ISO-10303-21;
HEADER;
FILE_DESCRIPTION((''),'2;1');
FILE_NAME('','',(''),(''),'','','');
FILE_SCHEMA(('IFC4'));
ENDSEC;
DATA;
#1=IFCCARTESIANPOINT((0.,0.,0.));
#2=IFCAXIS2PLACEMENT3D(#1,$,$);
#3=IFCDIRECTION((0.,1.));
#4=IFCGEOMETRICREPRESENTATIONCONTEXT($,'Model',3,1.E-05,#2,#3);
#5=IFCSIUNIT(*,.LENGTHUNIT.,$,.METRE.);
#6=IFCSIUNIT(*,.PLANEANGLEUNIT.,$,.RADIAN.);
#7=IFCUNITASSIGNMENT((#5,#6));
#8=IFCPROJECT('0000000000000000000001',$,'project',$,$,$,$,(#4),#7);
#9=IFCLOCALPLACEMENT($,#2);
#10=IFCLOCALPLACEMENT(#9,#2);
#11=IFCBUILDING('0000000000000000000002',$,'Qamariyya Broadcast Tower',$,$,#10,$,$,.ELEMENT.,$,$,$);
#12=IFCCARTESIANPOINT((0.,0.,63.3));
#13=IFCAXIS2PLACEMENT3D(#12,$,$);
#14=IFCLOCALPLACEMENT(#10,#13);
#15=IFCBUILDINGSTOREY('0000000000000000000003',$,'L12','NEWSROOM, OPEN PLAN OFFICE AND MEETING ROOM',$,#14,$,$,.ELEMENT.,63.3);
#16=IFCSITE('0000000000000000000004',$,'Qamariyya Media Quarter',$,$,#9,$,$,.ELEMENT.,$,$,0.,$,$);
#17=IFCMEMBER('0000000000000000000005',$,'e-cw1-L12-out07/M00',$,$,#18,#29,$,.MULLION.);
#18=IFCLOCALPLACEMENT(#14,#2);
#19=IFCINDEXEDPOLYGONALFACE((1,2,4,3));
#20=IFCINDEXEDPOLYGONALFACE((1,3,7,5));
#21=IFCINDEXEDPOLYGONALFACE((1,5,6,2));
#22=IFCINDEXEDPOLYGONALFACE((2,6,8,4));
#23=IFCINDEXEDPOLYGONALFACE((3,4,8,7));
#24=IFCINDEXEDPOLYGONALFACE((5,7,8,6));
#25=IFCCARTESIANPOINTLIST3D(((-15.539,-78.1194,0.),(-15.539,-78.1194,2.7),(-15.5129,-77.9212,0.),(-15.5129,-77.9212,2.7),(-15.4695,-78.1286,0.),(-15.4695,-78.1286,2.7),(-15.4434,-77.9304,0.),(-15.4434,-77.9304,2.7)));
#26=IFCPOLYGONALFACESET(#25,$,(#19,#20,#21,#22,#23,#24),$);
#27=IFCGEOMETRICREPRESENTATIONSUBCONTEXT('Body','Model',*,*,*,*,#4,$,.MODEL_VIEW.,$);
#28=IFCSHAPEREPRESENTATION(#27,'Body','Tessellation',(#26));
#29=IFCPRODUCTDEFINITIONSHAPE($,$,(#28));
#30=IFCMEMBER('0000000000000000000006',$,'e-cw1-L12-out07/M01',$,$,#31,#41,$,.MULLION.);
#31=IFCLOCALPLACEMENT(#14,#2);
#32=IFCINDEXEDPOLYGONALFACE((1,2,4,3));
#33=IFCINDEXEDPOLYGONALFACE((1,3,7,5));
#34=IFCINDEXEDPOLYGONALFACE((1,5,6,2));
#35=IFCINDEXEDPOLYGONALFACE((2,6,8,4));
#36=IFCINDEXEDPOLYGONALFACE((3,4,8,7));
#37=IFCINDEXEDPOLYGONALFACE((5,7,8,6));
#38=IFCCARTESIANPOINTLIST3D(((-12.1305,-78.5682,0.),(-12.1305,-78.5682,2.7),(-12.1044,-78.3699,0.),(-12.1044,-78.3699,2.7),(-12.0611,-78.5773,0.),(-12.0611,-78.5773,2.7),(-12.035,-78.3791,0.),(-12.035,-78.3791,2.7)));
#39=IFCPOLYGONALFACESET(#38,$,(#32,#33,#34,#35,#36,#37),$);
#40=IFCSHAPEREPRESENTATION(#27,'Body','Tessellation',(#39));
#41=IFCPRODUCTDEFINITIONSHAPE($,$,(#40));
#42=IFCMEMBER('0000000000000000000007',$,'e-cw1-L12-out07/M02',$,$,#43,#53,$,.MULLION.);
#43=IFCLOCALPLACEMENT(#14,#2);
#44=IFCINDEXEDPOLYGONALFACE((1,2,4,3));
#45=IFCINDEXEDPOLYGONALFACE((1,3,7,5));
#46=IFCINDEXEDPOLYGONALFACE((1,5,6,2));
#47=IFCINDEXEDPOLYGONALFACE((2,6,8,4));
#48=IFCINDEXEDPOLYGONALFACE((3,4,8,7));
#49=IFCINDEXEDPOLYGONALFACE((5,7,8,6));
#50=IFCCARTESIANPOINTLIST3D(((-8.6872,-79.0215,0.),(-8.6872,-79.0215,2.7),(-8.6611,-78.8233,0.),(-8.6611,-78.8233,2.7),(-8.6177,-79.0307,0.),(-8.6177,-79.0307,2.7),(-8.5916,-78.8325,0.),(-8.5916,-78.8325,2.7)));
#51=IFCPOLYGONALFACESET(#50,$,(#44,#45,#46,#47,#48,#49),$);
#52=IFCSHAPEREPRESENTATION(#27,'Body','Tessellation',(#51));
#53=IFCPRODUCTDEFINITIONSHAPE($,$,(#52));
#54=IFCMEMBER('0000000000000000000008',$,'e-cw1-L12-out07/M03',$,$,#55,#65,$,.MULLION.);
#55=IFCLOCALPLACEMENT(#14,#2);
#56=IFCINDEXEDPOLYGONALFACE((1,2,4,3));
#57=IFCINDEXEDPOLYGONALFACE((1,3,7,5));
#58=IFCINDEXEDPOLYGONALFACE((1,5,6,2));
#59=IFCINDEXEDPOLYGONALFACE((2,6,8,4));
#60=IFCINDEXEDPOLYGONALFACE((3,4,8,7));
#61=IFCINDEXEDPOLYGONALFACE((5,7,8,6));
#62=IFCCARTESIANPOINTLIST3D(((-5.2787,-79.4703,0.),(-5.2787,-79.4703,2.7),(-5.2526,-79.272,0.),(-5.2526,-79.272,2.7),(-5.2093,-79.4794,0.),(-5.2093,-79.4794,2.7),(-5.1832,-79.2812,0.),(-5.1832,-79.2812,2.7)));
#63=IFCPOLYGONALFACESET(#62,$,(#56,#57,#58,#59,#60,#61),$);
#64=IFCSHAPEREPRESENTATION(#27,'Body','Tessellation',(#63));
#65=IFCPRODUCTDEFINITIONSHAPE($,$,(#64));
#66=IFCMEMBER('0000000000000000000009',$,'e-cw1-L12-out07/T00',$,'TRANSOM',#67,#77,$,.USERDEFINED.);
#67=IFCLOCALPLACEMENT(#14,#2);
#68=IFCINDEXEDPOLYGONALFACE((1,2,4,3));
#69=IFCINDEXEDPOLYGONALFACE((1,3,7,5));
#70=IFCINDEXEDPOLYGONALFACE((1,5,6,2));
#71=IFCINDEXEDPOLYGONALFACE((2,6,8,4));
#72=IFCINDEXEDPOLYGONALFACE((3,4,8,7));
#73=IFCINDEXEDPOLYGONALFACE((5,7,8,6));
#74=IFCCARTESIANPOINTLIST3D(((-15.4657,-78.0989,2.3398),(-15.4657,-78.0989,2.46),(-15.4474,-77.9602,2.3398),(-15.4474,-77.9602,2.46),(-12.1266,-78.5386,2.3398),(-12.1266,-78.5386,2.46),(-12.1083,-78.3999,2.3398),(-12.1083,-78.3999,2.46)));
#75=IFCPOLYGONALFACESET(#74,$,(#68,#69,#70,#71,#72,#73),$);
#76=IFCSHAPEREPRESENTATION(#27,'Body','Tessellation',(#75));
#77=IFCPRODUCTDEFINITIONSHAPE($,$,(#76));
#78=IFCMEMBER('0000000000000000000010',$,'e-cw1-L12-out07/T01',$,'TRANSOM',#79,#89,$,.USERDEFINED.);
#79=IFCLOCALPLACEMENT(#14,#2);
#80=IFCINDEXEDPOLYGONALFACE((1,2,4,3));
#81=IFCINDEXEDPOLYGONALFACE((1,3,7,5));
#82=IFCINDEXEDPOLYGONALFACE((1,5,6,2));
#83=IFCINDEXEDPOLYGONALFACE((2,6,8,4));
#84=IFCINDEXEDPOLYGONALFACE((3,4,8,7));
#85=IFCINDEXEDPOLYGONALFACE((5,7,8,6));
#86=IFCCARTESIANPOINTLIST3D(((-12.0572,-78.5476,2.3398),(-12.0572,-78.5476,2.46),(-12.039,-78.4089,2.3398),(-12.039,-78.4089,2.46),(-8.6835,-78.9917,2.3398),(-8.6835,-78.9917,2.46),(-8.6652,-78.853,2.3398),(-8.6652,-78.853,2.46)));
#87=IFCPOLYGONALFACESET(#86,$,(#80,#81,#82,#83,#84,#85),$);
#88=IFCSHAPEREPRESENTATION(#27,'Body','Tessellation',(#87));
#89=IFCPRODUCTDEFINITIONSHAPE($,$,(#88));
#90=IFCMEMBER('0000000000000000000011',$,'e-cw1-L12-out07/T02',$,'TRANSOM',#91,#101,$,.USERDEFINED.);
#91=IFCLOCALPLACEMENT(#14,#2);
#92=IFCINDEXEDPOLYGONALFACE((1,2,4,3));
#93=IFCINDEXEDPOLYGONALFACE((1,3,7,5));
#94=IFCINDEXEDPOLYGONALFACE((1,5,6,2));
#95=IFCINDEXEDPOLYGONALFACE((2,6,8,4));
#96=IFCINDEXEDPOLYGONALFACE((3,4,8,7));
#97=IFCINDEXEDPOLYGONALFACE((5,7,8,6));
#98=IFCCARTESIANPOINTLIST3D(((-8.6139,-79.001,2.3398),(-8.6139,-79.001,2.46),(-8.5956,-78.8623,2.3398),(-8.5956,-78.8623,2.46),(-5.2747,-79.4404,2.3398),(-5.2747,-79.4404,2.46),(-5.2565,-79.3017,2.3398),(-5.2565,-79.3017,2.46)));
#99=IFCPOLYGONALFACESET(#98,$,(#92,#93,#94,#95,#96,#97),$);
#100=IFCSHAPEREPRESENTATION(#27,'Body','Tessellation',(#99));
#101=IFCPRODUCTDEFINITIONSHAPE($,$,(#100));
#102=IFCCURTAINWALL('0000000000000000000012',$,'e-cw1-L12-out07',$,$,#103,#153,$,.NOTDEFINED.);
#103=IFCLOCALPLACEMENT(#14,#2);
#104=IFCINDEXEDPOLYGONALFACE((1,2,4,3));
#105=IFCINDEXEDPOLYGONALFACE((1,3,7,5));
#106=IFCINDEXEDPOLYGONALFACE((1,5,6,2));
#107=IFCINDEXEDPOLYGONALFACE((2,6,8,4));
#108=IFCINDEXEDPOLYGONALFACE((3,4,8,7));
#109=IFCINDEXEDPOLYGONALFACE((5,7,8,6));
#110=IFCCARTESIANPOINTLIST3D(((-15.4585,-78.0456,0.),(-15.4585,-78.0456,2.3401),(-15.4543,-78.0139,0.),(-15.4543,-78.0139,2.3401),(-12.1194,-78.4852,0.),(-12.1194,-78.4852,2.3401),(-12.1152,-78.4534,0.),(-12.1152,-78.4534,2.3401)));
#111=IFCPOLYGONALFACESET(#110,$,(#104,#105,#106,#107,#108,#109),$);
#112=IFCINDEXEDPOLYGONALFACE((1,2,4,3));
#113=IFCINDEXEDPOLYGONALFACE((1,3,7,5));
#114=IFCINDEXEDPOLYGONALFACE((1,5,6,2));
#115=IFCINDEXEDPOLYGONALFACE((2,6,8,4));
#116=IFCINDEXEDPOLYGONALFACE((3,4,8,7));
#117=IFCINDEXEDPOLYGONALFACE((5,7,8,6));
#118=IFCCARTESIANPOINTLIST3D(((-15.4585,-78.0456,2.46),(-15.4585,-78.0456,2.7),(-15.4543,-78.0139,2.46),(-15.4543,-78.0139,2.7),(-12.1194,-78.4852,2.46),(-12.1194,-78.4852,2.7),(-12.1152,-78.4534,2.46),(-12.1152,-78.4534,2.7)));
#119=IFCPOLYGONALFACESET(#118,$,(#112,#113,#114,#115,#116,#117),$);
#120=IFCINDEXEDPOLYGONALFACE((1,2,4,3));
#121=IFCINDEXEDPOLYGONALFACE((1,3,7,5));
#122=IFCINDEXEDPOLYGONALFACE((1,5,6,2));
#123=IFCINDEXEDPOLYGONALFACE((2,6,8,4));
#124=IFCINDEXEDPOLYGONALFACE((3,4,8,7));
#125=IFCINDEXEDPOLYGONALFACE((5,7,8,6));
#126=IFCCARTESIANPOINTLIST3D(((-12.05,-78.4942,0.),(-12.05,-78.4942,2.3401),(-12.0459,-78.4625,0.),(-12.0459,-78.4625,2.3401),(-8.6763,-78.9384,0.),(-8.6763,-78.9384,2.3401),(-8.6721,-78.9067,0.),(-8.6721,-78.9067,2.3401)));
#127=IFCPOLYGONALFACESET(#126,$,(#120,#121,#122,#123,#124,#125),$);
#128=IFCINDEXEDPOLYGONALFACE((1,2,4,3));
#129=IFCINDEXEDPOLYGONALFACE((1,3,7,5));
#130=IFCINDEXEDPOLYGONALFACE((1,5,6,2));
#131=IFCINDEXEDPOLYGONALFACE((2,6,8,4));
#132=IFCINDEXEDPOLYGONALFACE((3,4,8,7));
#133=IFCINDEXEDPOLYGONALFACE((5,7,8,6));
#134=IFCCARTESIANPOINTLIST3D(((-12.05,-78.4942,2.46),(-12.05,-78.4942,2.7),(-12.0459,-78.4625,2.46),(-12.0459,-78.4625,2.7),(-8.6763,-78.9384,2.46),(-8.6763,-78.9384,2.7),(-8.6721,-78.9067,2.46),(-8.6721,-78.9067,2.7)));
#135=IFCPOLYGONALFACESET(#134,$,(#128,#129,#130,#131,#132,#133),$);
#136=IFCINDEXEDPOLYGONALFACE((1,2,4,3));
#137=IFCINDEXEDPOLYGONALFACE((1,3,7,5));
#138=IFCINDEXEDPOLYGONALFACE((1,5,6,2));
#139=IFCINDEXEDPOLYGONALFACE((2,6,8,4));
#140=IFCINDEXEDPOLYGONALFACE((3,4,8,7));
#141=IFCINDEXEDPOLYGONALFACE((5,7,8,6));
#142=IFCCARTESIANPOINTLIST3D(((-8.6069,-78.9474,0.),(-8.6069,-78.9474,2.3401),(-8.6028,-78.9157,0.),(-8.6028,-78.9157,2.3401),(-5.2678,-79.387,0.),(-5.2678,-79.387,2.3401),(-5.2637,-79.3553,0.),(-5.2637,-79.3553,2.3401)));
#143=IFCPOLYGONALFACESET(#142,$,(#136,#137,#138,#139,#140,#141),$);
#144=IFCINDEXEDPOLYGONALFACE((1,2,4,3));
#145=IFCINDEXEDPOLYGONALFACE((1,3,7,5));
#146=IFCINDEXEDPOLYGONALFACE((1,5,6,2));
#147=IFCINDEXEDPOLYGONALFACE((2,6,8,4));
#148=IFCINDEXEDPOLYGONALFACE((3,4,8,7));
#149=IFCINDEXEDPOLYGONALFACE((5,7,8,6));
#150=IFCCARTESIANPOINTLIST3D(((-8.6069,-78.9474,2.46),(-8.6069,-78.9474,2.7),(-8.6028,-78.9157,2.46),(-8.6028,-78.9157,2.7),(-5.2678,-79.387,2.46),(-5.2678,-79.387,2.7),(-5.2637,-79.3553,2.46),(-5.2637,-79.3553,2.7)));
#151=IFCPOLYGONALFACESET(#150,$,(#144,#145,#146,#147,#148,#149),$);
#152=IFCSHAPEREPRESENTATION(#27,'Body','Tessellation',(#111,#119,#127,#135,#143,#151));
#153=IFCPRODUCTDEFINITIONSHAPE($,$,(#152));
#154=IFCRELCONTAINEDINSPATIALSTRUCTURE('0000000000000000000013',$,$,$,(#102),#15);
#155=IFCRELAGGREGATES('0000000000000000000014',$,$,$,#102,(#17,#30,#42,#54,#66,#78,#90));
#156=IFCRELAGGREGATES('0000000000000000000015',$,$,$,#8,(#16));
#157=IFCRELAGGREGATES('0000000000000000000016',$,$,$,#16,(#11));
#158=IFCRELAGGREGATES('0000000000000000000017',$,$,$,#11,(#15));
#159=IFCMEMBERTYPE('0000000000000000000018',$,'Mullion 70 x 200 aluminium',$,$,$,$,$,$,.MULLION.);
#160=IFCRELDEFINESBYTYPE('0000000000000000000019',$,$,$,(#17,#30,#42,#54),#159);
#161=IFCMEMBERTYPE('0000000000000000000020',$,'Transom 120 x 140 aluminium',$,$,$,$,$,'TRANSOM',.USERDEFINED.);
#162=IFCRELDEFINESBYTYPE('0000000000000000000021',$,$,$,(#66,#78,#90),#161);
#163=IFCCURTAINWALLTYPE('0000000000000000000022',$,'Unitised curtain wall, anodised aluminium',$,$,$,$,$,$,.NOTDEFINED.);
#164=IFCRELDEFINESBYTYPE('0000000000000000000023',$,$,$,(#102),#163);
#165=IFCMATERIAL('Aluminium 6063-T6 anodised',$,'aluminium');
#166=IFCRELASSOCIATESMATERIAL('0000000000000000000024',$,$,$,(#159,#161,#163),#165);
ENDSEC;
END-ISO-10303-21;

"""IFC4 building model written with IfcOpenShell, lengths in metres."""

from ifc_helpers import new_model, si_unit, direction, frame, origin, origin_2d, place, context, subcontext, project, spatial, rectangle, extrude, material, material_profile, profile_set, type_object, element, aggregate, save


model = new_model("IFC4")

# Units and contexts
model_context = context("Model", 3, precision=1e-05, world=origin(), true_north=direction((0.0, 1.0)))
body_context = subcontext(model_context, "Body", "Model", "MODEL_VIEW")
ifc_project = project(units=[si_unit("LENGTHUNIT", "METRE"), si_unit("PLANEANGLEUNIT", "RADIAN")], contexts=[model_context])

# Members
ifc_material = material(Name="Aluminium 6063-T6 anodised", Category="aluminium")
ifc_material_profile_1 = material_profile(ifc_material, rectangle(XDim=0.2, YDim=0.0701, at=origin_2d()))
ifc_profile_set_1 = profile_set([ifc_material_profile_1], Name="Aluminium 6063-T6 anodised")
member_type_1 = type_object("IfcMemberType", Name="Mullion 70 x 200 aluminium", PredefinedType="MULLION", material=ifc_profile_set_1)
site_placement = place(None, origin())
building_placement = place(site_placement, origin())
storey_placement = place(building_placement, frame((0.0, 0.0, 63.3)))
member_1_placement = place(storey_placement, frame((-15.4912, -78.0249, 0.0), z_axis=(0.0, 0.0, 1.0), x_axis=(0.130526, 0.991445, 0.0)))
member_1 = element("IfcMember", 1, at=member_1_placement, type_object=member_type_1, Name="e-cw1-L12-out07/M00", PredefinedType="MULLION", context=body_context, shape_type="SweptSolid", body=[
    extrude(rectangle(XDim=0.2, YDim=0.0701, at=origin_2d()), origin(), (0.0, 0.0, 1.0), 2.7),
])
member_2_placement = place(storey_placement, frame((-12.0828, -78.4736, 0.0), z_axis=(0.0, 0.0, 1.0), x_axis=(0.130526, 0.991445, 0.0)))
member_2 = element("IfcMember", 2, at=member_2_placement, type_object=member_type_1, Name="e-cw1-L12-out07/M01", PredefinedType="MULLION", context=body_context, shape_type="SweptSolid", body=[
    extrude(rectangle(XDim=0.2, YDim=0.0701, at=origin_2d()), origin(), (0.0, 0.0, 1.0), 2.7),
])
member_3_placement = place(storey_placement, frame((-8.6394, -78.927, 0.0), z_axis=(0.0, 0.0, 1.0), x_axis=(0.130526, 0.991445, 0.0)))
member_3 = element("IfcMember", 3, at=member_3_placement, type_object=member_type_1, Name="e-cw1-L12-out07/M02", PredefinedType="MULLION", context=body_context, shape_type="SweptSolid", body=[
    extrude(rectangle(XDim=0.2, YDim=0.0701, at=origin_2d()), origin(), (0.0, 0.0, 1.0), 2.7),
])
member_4_placement = place(storey_placement, frame((-5.231, -79.3757, 0.0), z_axis=(0.0, 0.0, 1.0), x_axis=(0.130526, 0.991445, 0.0)))
member_4 = element("IfcMember", 4, at=member_4_placement, type_object=member_type_1, Name="e-cw1-L12-out07/M03", PredefinedType="MULLION", context=body_context, shape_type="SweptSolid", body=[
    extrude(rectangle(XDim=0.2, YDim=0.0701, at=origin_2d()), origin(), (0.0, 0.0, 1.0), 2.7),
])
ifc_material_profile_2 = material_profile(ifc_material, rectangle(XDim=0.1399, YDim=0.1201, at=origin_2d()))
ifc_profile_set_2 = profile_set([ifc_material_profile_2], Name="Aluminium 6063-T6 anodised")
member_type_2 = type_object("IfcMemberType", Name="Transom 120 x 140 aluminium", ElementType="TRANSOM", PredefinedType="USERDEFINED", material=ifc_profile_set_2)
member_5_placement = place(storey_placement, frame((-15.4565, -78.0295, 2.3999), z_axis=(0.991441, -0.130554, 0.0), x_axis=(0.130554, 0.991441, 0.0)))
member_5 = element("IfcMember", 5, at=member_5_placement, type_object=member_type_2, Name="e-cw1-L12-out07/T00", ObjectType="TRANSOM", PredefinedType="USERDEFINED", context=body_context, shape_type="SweptSolid", body=[
    extrude(rectangle(XDim=0.1399, YDim=0.1201, at=origin_2d()), origin(), (0.0, 0.0, 1.0), 3.3679),
])
member_6_placement = place(storey_placement, frame((-12.0481, -78.4783, 2.3999), z_axis=(0.991448, -0.130505, 0.0), x_axis=(0.130505, 0.991448, 0.0)))
member_6 = element("IfcMember", 6, at=member_6_placement, type_object=member_type_2, Name="e-cw1-L12-out07/T01", ObjectType="TRANSOM", PredefinedType="USERDEFINED", context=body_context, shape_type="SweptSolid", body=[
    extrude(rectangle(XDim=0.1399, YDim=0.1201, at=origin_2d()), origin(), (0.0, 0.0, 1.0), 3.4028),
])
member_7_placement = place(storey_placement, frame((-8.6047, -78.9316, 2.3999), z_axis=(0.991451, -0.130483, 0.0), x_axis=(0.130483, 0.991451, 0.0)))
member_7 = element("IfcMember", 7, at=member_7_placement, type_object=member_type_2, Name="e-cw1-L12-out07/T02", ObjectType="TRANSOM", PredefinedType="USERDEFINED", context=body_context, shape_type="SweptSolid", body=[
    extrude(rectangle(XDim=0.1399, YDim=0.1201, at=origin_2d()), origin(), (0.0, 0.0, 1.0), 3.3679),
])

# Site, building, storey
site = spatial("IfcSite", under=ifc_project, at=site_placement, Name="Qamariyya Media Quarter", CompositionType="ELEMENT", RefElevation=0.0)
building = spatial("IfcBuilding", under=site, at=building_placement, Name="Qamariyya Broadcast Tower", CompositionType="ELEMENT")
storey = spatial("IfcBuildingStorey", under=building, at=storey_placement, Name="L12", Description="NEWSROOM, OPEN PLAN OFFICE AND MEETING ROOM", CompositionType="ELEMENT", Elevation=63.3)

# Curtain wall
curtain_wall_type = type_object("IfcCurtainWallType", Name="Unitised curtain wall, anodised aluminium", PredefinedType="NOTDEFINED", material=ifc_material)
curtain_wall_1_placement = place(storey_placement, origin())
curtain_wall_1 = element("IfcCurtainWall", 8, at=curtain_wall_1_placement, inside=storey, type_object=curtain_wall_type, Name="e-cw1-L12-out07", PredefinedType="NOTDEFINED", context=body_context, shape_type="SweptSolid", body=[
    extrude(rectangle(XDim=3.3679, YDim=0.032, at=origin_2d()), frame((-13.7869, -78.2495, 0.0), x_axis=(0.991446, -0.130521, 0.0)), (0.0, 0.0, 1.0), 2.3401),
    extrude(rectangle(XDim=3.3679, YDim=0.032, at=origin_2d()), frame((-13.7869, -78.2495, 2.46), x_axis=(0.991446, -0.130521, 0.0)), (0.0, 0.0, 1.0), 0.24),
    extrude(rectangle(XDim=3.4028, YDim=0.032, at=origin_2d()), frame((-10.3611, -78.7004, 0.0), x_axis=(0.991446, -0.130521, 0.0)), (0.0, 0.0, 1.0), 2.3401),
    extrude(rectangle(XDim=3.4028, YDim=0.032, at=origin_2d()), frame((-10.3611, -78.7004, 2.46), x_axis=(0.991446, -0.130521, 0.0)), (0.0, 0.0, 1.0), 0.24),
    extrude(rectangle(XDim=3.3679, YDim=0.032, at=origin_2d()), frame((-6.9353, -79.1514, 0.0), x_axis=(0.991446, -0.130521, 0.0)), (0.0, 0.0, 1.0), 2.3401),
    extrude(rectangle(XDim=3.3679, YDim=0.032, at=origin_2d()), frame((-6.9353, -79.1514, 2.46), x_axis=(0.991446, -0.130521, 0.0)), (0.0, 0.0, 1.0), 0.24),
])
aggregate(curtain_wall_1, [member_1, member_2, member_3, member_4, member_5, member_6, member_7])

save(model, "model.ifc")
